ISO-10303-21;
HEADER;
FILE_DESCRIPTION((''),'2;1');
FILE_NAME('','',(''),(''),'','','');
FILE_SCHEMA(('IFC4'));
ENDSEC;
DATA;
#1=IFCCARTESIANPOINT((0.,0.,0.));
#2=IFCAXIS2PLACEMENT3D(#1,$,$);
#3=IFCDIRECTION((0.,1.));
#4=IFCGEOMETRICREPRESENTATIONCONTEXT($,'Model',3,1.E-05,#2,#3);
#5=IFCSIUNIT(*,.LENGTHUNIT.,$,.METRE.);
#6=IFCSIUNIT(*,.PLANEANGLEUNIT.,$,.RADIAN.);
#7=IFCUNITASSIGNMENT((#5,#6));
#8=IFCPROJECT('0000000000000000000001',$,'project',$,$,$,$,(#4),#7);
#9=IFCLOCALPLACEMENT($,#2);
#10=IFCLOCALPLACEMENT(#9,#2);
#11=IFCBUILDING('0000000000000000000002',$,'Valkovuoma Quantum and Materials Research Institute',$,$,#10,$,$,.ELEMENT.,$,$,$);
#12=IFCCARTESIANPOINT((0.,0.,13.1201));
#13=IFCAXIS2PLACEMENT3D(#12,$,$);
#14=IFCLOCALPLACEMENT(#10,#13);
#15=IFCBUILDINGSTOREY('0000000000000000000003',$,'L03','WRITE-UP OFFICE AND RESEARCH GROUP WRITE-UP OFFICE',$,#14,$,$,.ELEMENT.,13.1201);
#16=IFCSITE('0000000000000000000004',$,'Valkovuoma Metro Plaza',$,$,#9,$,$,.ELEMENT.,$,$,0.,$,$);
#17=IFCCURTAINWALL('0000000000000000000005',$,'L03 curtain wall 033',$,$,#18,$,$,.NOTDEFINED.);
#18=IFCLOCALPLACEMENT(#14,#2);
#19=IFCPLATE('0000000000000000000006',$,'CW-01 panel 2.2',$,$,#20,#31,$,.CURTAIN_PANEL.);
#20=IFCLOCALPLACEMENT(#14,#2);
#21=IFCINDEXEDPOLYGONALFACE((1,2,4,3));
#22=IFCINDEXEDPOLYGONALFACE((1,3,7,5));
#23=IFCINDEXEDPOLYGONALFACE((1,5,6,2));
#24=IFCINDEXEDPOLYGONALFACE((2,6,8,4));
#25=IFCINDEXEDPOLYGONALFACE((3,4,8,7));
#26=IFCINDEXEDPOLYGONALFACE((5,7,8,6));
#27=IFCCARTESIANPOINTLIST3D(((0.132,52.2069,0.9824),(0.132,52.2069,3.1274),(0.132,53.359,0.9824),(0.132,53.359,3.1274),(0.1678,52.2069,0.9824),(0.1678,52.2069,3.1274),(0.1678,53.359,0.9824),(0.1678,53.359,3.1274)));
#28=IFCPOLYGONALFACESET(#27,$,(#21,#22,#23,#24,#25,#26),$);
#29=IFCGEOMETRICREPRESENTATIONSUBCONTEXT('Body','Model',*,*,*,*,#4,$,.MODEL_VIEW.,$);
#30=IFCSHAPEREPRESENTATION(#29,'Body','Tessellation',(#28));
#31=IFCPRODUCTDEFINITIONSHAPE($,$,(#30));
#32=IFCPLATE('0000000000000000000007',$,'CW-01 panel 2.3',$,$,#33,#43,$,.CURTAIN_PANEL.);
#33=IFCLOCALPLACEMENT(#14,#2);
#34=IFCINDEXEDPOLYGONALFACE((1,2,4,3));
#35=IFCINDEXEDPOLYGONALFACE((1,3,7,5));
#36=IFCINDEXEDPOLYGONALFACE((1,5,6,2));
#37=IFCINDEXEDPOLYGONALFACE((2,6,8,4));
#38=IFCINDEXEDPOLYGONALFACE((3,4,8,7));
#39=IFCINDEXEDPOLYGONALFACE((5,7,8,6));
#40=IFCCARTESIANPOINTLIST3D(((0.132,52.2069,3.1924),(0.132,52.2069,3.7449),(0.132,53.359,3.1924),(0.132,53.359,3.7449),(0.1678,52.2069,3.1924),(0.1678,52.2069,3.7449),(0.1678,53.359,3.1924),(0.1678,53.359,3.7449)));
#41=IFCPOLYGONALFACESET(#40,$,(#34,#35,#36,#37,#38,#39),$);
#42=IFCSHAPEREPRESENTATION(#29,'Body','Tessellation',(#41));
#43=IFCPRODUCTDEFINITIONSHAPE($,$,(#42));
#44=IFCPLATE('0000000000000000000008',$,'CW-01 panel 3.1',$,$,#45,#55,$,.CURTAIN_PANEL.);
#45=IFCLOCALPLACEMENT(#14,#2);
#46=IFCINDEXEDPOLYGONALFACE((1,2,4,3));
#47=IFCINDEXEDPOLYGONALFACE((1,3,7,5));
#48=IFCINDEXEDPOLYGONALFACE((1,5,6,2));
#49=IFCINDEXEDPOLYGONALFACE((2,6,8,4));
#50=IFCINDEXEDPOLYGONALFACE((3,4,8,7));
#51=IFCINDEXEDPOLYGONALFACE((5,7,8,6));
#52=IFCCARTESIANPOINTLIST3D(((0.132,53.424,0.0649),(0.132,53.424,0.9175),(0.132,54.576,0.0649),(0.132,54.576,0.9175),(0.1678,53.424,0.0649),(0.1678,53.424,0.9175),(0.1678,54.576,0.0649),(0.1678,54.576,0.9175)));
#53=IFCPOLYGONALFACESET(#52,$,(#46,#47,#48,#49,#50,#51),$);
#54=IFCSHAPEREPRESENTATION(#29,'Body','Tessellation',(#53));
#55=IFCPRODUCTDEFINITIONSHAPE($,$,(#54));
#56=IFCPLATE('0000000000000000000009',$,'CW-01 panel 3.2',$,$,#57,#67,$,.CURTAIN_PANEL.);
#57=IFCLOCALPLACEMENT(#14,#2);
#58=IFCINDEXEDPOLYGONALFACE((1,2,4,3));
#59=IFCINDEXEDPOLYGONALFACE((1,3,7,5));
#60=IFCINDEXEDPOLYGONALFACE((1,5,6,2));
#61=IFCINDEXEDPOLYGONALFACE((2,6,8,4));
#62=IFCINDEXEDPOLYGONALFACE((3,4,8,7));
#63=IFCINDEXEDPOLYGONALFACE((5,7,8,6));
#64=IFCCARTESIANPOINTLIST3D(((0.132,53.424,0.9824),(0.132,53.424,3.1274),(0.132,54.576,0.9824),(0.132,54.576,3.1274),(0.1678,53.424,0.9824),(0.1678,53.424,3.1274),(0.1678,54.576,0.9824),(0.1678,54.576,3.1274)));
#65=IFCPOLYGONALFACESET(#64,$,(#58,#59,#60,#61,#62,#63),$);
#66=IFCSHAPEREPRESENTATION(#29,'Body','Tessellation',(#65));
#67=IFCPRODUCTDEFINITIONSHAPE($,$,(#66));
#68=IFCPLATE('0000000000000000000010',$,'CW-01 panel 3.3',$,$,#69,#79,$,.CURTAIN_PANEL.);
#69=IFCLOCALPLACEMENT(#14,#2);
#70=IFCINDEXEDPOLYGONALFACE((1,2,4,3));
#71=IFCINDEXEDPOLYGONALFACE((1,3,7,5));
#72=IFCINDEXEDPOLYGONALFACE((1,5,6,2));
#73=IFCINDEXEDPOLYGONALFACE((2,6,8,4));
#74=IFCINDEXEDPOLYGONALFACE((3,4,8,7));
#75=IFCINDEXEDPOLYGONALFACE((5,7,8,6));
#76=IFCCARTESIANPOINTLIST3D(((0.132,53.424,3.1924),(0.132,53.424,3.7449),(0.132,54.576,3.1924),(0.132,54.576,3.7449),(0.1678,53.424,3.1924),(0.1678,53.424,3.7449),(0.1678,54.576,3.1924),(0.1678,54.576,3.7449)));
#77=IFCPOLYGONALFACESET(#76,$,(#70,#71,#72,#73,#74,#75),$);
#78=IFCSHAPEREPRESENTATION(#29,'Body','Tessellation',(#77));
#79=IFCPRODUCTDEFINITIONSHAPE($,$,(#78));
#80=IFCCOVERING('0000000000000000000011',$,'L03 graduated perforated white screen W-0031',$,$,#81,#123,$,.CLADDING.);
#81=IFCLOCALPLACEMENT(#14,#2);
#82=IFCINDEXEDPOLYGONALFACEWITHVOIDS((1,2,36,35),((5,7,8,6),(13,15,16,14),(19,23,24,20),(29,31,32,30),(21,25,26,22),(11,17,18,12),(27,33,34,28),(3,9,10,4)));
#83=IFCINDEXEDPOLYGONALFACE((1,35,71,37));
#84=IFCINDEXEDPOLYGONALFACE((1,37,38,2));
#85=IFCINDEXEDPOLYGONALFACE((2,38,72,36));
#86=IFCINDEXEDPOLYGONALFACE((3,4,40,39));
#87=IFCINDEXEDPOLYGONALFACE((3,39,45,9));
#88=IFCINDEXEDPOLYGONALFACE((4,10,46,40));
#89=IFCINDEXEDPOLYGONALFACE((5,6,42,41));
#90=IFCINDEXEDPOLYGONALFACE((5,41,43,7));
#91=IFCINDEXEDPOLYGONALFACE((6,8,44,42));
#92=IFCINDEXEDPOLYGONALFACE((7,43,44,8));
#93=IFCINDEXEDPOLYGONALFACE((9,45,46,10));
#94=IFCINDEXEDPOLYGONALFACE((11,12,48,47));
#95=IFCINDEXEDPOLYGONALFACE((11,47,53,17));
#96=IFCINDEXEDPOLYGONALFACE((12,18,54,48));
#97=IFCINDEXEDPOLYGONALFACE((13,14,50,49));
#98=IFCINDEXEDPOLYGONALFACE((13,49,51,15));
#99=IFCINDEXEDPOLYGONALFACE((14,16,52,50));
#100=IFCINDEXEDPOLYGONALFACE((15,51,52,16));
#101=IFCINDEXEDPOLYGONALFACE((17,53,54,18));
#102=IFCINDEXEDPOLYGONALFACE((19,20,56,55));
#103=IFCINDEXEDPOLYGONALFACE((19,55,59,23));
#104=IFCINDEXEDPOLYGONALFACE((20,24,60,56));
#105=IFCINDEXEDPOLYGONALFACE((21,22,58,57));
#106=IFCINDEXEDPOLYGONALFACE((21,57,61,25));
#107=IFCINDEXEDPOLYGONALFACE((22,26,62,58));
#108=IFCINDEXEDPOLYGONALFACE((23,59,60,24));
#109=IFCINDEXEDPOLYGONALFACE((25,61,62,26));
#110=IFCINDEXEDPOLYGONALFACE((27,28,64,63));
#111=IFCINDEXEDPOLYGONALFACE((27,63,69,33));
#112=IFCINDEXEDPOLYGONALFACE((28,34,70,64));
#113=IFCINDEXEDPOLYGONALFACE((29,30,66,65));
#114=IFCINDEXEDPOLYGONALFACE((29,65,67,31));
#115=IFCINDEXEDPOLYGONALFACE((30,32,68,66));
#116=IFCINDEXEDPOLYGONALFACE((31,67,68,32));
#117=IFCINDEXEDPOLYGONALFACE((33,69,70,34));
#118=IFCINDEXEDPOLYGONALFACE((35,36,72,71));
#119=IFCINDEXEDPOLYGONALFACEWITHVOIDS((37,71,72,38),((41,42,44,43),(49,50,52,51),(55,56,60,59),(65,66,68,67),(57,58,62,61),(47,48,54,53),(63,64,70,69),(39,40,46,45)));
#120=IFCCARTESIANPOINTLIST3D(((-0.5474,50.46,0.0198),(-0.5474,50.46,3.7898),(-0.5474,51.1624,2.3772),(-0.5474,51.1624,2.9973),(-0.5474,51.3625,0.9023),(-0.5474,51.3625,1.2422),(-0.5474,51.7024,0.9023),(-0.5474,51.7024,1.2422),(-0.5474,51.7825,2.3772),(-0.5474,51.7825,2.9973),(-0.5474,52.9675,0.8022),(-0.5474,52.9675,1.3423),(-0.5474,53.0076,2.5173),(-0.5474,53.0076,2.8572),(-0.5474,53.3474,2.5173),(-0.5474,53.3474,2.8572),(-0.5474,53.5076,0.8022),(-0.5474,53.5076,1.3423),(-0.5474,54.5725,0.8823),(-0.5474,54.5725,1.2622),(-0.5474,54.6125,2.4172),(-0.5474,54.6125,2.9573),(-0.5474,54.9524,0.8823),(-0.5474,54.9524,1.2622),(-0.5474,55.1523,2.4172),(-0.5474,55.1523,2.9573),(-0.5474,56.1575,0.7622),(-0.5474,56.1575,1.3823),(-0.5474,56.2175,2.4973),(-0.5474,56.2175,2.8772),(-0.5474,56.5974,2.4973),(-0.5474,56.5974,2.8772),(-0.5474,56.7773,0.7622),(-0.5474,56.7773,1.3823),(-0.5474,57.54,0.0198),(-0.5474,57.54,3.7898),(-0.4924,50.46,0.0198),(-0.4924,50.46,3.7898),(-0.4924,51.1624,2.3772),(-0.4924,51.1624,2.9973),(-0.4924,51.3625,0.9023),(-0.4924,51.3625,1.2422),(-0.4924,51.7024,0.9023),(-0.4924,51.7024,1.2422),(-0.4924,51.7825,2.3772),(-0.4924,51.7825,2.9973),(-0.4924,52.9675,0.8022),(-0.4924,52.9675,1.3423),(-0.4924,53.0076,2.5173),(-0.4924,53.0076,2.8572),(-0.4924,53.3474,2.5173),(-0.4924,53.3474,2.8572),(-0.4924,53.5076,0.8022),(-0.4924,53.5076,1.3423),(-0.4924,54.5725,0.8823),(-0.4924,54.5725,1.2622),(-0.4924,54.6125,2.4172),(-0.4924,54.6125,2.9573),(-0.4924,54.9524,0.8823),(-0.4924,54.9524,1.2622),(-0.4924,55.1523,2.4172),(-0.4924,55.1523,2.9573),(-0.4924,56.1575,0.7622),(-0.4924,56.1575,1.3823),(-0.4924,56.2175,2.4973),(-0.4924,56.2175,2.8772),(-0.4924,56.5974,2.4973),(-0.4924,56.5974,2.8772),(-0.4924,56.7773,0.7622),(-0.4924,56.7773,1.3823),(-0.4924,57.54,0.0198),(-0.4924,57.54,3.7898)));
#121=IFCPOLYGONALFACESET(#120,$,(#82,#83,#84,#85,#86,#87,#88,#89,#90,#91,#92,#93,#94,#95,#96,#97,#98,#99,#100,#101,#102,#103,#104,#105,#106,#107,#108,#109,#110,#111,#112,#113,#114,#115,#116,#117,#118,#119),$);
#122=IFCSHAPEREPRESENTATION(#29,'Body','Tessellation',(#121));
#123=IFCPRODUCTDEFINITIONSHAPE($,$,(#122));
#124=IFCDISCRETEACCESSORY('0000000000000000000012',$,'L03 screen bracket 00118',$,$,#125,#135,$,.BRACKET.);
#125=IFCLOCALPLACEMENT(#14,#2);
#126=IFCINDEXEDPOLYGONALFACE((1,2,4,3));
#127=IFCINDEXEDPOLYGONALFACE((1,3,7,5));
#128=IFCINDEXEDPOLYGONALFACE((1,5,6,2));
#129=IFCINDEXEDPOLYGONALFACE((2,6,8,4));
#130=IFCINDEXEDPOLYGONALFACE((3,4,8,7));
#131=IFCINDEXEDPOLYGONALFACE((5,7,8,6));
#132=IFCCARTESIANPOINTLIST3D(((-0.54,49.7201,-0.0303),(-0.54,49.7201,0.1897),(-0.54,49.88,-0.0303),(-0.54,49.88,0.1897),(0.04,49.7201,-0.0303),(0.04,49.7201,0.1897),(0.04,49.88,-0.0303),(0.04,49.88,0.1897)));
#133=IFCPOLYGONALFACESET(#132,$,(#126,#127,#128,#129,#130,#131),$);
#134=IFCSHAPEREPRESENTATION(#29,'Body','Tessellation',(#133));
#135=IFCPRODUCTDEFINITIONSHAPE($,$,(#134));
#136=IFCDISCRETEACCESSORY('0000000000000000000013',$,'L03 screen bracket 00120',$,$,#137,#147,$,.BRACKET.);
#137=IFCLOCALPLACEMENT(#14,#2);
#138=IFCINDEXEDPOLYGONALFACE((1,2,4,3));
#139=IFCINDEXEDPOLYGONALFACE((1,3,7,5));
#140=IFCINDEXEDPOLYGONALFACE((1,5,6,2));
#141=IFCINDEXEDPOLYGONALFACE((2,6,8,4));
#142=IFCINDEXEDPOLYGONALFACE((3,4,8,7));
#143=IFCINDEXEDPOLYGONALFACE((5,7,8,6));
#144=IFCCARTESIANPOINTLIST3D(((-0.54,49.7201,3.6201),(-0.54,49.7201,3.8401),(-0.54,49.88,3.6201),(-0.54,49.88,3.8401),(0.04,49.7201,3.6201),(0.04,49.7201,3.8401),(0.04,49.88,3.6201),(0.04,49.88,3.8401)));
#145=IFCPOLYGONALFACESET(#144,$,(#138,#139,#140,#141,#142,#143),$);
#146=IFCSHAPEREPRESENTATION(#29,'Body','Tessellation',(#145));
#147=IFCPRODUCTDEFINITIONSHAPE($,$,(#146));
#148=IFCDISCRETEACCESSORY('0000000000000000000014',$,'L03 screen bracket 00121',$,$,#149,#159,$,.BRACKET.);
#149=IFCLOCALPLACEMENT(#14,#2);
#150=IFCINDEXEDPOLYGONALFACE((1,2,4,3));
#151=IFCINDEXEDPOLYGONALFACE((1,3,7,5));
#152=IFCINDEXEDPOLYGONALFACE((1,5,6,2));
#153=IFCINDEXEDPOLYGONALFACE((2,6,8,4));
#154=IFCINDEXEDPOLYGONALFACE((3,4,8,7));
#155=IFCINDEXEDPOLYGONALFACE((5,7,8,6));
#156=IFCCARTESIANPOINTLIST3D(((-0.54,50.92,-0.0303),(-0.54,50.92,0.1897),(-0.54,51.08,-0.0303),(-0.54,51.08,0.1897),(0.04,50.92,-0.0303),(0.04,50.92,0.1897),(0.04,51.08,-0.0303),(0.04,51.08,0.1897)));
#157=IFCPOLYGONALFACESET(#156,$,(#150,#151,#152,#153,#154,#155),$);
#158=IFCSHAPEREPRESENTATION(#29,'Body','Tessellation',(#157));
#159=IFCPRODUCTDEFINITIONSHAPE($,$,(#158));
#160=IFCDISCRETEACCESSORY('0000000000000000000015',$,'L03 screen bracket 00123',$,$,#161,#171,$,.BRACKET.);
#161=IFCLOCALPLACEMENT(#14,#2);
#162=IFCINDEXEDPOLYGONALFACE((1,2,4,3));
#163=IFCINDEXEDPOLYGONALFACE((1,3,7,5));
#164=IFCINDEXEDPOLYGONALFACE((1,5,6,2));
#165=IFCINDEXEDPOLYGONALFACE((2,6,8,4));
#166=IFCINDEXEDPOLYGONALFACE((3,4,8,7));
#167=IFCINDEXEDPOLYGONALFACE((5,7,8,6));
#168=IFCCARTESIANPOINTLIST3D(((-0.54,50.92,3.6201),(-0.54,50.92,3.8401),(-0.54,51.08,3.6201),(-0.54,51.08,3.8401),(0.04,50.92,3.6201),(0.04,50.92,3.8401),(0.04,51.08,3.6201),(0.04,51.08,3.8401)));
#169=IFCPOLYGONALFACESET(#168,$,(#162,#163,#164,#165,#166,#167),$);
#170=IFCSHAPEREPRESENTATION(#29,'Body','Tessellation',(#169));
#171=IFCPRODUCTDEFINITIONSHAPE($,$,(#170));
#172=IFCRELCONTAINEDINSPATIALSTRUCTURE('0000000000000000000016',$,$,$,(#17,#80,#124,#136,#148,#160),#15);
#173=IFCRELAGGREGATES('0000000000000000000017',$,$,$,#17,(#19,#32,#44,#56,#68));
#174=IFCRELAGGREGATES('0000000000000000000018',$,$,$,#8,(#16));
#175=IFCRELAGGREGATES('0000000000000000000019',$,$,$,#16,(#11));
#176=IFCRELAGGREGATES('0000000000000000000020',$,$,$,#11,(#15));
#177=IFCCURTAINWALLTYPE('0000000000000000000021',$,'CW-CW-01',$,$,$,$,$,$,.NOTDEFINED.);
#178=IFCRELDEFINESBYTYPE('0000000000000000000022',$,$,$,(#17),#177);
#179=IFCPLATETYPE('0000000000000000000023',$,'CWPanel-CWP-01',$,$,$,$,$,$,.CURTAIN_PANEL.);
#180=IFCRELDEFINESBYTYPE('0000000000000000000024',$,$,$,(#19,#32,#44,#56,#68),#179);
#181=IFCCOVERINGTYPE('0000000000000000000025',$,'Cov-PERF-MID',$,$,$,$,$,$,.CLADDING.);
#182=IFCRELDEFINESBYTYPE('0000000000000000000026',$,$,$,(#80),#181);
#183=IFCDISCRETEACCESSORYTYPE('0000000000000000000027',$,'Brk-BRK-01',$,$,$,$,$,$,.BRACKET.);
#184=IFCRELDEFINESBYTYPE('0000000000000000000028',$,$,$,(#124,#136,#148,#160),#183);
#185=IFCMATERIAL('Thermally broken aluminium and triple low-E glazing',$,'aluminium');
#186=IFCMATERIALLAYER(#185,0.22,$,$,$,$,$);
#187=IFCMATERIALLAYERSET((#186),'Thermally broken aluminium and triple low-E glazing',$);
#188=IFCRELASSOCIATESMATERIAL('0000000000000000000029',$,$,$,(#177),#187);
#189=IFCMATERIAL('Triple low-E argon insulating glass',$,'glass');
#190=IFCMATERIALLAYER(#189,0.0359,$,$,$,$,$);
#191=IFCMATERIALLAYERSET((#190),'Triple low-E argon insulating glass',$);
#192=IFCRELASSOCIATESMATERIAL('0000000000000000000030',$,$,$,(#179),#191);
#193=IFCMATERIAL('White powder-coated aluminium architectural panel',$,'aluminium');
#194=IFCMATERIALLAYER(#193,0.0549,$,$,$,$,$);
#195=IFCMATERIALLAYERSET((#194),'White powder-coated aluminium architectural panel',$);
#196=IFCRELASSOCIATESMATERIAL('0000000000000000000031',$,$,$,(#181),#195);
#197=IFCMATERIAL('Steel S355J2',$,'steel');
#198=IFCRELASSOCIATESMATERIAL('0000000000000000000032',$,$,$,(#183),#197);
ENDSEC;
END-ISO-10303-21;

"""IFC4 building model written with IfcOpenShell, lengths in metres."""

from ifc_helpers import new_model, si_unit, direction, frame, origin, origin_2d, place, context, subcontext, project, spatial, polyline, rectangle, outline, extrude, material, layer, layer_set, type_object, element, aggregate, save


model = new_model("IFC4")

# Units and contexts
model_context = context("Model", 3, precision=1e-05, world=origin(), true_north=direction((0.0, 1.0)))
body_context = subcontext(model_context, "Body", "Model", "MODEL_VIEW")
ifc_project = project(units=[si_unit("LENGTHUNIT", "METRE"), si_unit("PLANEANGLEUNIT", "RADIAN")], contexts=[model_context])

# Site, building, storey
site_placement = place(None, origin())
site = spatial("IfcSite", under=ifc_project, at=site_placement, Name="Valkovuoma Metro Plaza", CompositionType="ELEMENT", RefElevation=0.0)
building_placement = place(site_placement, origin())
building = spatial("IfcBuilding", under=site, at=building_placement, Name="Valkovuoma Quantum and Materials Research Institute", CompositionType="ELEMENT")
storey_placement = place(building_placement, frame((0.0, 0.0, 13.1201)))
storey = spatial("IfcBuildingStorey", under=building, at=storey_placement, Name="L03", Description="WRITE-UP OFFICE AND RESEARCH GROUP WRITE-UP OFFICE", CompositionType="ELEMENT", Elevation=13.1201)

# Shared definitions
ifc_material_1 = material(Name="Thermally broken aluminium and triple low-E glazing", Category="aluminium")
ifc_layer_1 = layer(ifc_material_1, 0.22)
ifc_layer_set_1 = layer_set([ifc_layer_1], Name="Thermally broken aluminium and triple low-E glazing")
curtain_wall_type = type_object("IfcCurtainWallType", Name="CW-CW-01", PredefinedType="NOTDEFINED", material=ifc_layer_set_1)

# Curtain wall, plates
curtain_wall_1_placement = place(storey_placement, origin())
curtain_wall_1 = element("IfcCurtainWall", 1, at=curtain_wall_1_placement, inside=storey, type_object=curtain_wall_type, Name="L03 curtain wall 033", PredefinedType="NOTDEFINED")
ifc_material_2 = material(Name="Triple low-E argon insulating glass", Category="glass")
ifc_layer_2 = layer(ifc_material_2, 0.0359)
ifc_layer_set_2 = layer_set([ifc_layer_2], Name="Triple low-E argon insulating glass")
plate_type = type_object("IfcPlateType", Name="CWPanel-CWP-01", PredefinedType="CURTAIN_PANEL", material=ifc_layer_set_2)
plate_1_placement = place(storey_placement, frame((0.1499, 52.783, 0.9824), z_axis=(0.0, 0.0, 1.0), x_axis=(0.0, 1.0, 0.0)))
plate_1 = element("IfcPlate", 2, at=plate_1_placement, type_object=plate_type, Name="CW-01 panel 2.2", PredefinedType="CURTAIN_PANEL", context=body_context, shape_type="SweptSolid", body=[
    extrude(rectangle(XDim=1.1521, YDim=0.0359, at=origin_2d()), origin(), (0.0, 0.0, 1.0), 2.145),
])
plate_2_placement = place(storey_placement, frame((0.1499, 52.783, 3.1924), z_axis=(0.0, 0.0, 1.0), x_axis=(0.0, 1.0, 0.0)))
plate_2 = element("IfcPlate", 3, at=plate_2_placement, type_object=plate_type, Name="CW-01 panel 2.3", PredefinedType="CURTAIN_PANEL", context=body_context, shape_type="SweptSolid", body=[
    extrude(rectangle(XDim=1.1521, YDim=0.0359, at=origin_2d()), origin(), (0.0, 0.0, 1.0), 0.5525),
])
plate_3_placement = place(storey_placement, frame((0.1499, 54.0, 0.0649), z_axis=(0.0, 0.0, 1.0), x_axis=(0.0, 1.0, 0.0)))
plate_3 = element("IfcPlate", 4, at=plate_3_placement, type_object=plate_type, Name="CW-01 panel 3.1", PredefinedType="CURTAIN_PANEL", context=body_context, shape_type="SweptSolid", body=[
    extrude(rectangle(XDim=1.1521, YDim=0.0359, at=origin_2d()), origin(), (0.0, 0.0, 1.0), 0.8525),
])
plate_4_placement = place(storey_placement, frame((0.1499, 54.0, 0.9824), z_axis=(0.0, 0.0, 1.0), x_axis=(0.0, 1.0, 0.0)))
plate_4 = element("IfcPlate", 5, at=plate_4_placement, type_object=plate_type, Name="CW-01 panel 3.2", PredefinedType="CURTAIN_PANEL", context=body_context, shape_type="SweptSolid", body=[
    extrude(rectangle(XDim=1.1521, YDim=0.0359, at=origin_2d()), origin(), (0.0, 0.0, 1.0), 2.145),
])
plate_5_placement = place(storey_placement, frame((0.1499, 54.0, 3.1924), z_axis=(0.0, 0.0, 1.0), x_axis=(0.0, 1.0, 0.0)))
plate_5 = element("IfcPlate", 6, at=plate_5_placement, type_object=plate_type, Name="CW-01 panel 3.3", PredefinedType="CURTAIN_PANEL", context=body_context, shape_type="SweptSolid", body=[
    extrude(rectangle(XDim=1.1521, YDim=0.0359, at=origin_2d()), origin(), (0.0, 0.0, 1.0), 0.5525),
])
aggregate(curtain_wall_1, [plate_1, plate_2, plate_3, plate_4, plate_5])

# Covering
ifc_material_3 = material(Name="White powder-coated aluminium architectural panel", Category="aluminium")
ifc_layer_3 = layer(ifc_material_3, 0.0549)
ifc_layer_set_3 = layer_set([ifc_layer_3], Name="White powder-coated aluminium architectural panel")
covering_type = type_object("IfcCoveringType", Name="Cov-PERF-MID", PredefinedType="CLADDING", material=ifc_layer_set_3)
covering_placement = place(storey_placement, frame((-0.52, 50.46, 0.0198), z_axis=(0.0, 0.0, 1.0), x_axis=(0.0, 1.0, 0.0)))
element("IfcCovering", 7, at=covering_placement, inside=storey, type_object=covering_type, Name="L03 graduated perforated white screen W-0031", PredefinedType="CLADDING", context=body_context, shape_type="SweptSolid", body=[
    extrude(outline(polyline([(0.0, 0.0), (7.0801, 0.0), (7.0801, 3.77), (0.0, 3.77), (0.0, 0.0)]), holes=[polyline([(0.9026, 0.8826), (0.9026, 1.2224), (1.2424, 1.2224), (1.2424, 0.8826), (0.9026, 0.8826)]), polyline([(0.7024, 2.3574), (0.7024, 2.9775), (1.3225, 2.9775), (1.3225, 2.3574), (0.7024, 2.3574)]), polyline([(2.5076, 0.7825), (2.5076, 1.3225), (3.0476, 1.3225), (3.0476, 0.7825), (2.5076, 0.7825)]), polyline([(2.5476, 2.4976), (2.5476, 2.8374), (2.8875, 2.8374), (2.8875, 2.4976), (2.5476, 2.4976)]), polyline([(4.1125, 0.8625), (4.1125, 1.2424), (4.4924, 1.2424), (4.4924, 0.8625), (4.1125, 0.8625)]), polyline([(4.1526, 2.3975), (4.1526, 2.9375), (4.6924, 2.9375), (4.6924, 2.3975), (4.1526, 2.3975)]), polyline([(5.6975, 0.7424), (5.6975, 1.3625), (6.3174, 1.3625), (6.3174, 0.7424), (5.6975, 0.7424)]), polyline([(5.7576, 2.4775), (5.7576, 2.8574), (6.1375, 2.8574), (6.1375, 2.4775), (5.7576, 2.4775)])]), frame((0.0, 0.0273, 0.0), z_axis=(0.0, -1.0, 0.0), x_axis=(1.0, 0.0, 0.0)), (0.0, 0.0, 1.0), 0.0549),
])

# Discrete accessories
ifc_material_4 = material(Name="Steel S355J2", Category="steel")
discrete_accessory_type = type_object("IfcDiscreteAccessoryType", Name="Brk-BRK-01", PredefinedType="BRACKET", material=ifc_material_4)
for number, where, z_axis, x_axis, name in (
    (8, (-0.25, 49.8, -0.0303), (0.0, 0.0, 1.0), (1.0, 0.0, 0.0), "L03 screen bracket 00118"),
    (9, (-0.25, 49.8, 3.6201), (0.0, 0.0, 1.0), (1.0, 0.0, 0.0), "L03 screen bracket 00120"),
    (10, (-0.25, 51.0, -0.0303), (0.0, 0.0, 1.0), (1.0, 0.0, 0.0), "L03 screen bracket 00121"),
    (11, (-0.25, 51.0, 3.6201), (0.0, 0.0, 1.0), (1.0, 0.0, 0.0), "L03 screen bracket 00123"),
):
    element("IfcDiscreteAccessory", number, at=place(storey_placement, frame(where, z_axis=z_axis, x_axis=x_axis)), inside=storey, type_object=discrete_accessory_type, Name=name, PredefinedType="BRACKET", context=body_context, shape_type="SweptSolid", body=[
        extrude(rectangle(XDim=0.5801, YDim=0.1599, at=origin_2d()), origin(), (0.0, 0.0, 1.0), 0.22),
    ])

save(model, "model.ifc")
